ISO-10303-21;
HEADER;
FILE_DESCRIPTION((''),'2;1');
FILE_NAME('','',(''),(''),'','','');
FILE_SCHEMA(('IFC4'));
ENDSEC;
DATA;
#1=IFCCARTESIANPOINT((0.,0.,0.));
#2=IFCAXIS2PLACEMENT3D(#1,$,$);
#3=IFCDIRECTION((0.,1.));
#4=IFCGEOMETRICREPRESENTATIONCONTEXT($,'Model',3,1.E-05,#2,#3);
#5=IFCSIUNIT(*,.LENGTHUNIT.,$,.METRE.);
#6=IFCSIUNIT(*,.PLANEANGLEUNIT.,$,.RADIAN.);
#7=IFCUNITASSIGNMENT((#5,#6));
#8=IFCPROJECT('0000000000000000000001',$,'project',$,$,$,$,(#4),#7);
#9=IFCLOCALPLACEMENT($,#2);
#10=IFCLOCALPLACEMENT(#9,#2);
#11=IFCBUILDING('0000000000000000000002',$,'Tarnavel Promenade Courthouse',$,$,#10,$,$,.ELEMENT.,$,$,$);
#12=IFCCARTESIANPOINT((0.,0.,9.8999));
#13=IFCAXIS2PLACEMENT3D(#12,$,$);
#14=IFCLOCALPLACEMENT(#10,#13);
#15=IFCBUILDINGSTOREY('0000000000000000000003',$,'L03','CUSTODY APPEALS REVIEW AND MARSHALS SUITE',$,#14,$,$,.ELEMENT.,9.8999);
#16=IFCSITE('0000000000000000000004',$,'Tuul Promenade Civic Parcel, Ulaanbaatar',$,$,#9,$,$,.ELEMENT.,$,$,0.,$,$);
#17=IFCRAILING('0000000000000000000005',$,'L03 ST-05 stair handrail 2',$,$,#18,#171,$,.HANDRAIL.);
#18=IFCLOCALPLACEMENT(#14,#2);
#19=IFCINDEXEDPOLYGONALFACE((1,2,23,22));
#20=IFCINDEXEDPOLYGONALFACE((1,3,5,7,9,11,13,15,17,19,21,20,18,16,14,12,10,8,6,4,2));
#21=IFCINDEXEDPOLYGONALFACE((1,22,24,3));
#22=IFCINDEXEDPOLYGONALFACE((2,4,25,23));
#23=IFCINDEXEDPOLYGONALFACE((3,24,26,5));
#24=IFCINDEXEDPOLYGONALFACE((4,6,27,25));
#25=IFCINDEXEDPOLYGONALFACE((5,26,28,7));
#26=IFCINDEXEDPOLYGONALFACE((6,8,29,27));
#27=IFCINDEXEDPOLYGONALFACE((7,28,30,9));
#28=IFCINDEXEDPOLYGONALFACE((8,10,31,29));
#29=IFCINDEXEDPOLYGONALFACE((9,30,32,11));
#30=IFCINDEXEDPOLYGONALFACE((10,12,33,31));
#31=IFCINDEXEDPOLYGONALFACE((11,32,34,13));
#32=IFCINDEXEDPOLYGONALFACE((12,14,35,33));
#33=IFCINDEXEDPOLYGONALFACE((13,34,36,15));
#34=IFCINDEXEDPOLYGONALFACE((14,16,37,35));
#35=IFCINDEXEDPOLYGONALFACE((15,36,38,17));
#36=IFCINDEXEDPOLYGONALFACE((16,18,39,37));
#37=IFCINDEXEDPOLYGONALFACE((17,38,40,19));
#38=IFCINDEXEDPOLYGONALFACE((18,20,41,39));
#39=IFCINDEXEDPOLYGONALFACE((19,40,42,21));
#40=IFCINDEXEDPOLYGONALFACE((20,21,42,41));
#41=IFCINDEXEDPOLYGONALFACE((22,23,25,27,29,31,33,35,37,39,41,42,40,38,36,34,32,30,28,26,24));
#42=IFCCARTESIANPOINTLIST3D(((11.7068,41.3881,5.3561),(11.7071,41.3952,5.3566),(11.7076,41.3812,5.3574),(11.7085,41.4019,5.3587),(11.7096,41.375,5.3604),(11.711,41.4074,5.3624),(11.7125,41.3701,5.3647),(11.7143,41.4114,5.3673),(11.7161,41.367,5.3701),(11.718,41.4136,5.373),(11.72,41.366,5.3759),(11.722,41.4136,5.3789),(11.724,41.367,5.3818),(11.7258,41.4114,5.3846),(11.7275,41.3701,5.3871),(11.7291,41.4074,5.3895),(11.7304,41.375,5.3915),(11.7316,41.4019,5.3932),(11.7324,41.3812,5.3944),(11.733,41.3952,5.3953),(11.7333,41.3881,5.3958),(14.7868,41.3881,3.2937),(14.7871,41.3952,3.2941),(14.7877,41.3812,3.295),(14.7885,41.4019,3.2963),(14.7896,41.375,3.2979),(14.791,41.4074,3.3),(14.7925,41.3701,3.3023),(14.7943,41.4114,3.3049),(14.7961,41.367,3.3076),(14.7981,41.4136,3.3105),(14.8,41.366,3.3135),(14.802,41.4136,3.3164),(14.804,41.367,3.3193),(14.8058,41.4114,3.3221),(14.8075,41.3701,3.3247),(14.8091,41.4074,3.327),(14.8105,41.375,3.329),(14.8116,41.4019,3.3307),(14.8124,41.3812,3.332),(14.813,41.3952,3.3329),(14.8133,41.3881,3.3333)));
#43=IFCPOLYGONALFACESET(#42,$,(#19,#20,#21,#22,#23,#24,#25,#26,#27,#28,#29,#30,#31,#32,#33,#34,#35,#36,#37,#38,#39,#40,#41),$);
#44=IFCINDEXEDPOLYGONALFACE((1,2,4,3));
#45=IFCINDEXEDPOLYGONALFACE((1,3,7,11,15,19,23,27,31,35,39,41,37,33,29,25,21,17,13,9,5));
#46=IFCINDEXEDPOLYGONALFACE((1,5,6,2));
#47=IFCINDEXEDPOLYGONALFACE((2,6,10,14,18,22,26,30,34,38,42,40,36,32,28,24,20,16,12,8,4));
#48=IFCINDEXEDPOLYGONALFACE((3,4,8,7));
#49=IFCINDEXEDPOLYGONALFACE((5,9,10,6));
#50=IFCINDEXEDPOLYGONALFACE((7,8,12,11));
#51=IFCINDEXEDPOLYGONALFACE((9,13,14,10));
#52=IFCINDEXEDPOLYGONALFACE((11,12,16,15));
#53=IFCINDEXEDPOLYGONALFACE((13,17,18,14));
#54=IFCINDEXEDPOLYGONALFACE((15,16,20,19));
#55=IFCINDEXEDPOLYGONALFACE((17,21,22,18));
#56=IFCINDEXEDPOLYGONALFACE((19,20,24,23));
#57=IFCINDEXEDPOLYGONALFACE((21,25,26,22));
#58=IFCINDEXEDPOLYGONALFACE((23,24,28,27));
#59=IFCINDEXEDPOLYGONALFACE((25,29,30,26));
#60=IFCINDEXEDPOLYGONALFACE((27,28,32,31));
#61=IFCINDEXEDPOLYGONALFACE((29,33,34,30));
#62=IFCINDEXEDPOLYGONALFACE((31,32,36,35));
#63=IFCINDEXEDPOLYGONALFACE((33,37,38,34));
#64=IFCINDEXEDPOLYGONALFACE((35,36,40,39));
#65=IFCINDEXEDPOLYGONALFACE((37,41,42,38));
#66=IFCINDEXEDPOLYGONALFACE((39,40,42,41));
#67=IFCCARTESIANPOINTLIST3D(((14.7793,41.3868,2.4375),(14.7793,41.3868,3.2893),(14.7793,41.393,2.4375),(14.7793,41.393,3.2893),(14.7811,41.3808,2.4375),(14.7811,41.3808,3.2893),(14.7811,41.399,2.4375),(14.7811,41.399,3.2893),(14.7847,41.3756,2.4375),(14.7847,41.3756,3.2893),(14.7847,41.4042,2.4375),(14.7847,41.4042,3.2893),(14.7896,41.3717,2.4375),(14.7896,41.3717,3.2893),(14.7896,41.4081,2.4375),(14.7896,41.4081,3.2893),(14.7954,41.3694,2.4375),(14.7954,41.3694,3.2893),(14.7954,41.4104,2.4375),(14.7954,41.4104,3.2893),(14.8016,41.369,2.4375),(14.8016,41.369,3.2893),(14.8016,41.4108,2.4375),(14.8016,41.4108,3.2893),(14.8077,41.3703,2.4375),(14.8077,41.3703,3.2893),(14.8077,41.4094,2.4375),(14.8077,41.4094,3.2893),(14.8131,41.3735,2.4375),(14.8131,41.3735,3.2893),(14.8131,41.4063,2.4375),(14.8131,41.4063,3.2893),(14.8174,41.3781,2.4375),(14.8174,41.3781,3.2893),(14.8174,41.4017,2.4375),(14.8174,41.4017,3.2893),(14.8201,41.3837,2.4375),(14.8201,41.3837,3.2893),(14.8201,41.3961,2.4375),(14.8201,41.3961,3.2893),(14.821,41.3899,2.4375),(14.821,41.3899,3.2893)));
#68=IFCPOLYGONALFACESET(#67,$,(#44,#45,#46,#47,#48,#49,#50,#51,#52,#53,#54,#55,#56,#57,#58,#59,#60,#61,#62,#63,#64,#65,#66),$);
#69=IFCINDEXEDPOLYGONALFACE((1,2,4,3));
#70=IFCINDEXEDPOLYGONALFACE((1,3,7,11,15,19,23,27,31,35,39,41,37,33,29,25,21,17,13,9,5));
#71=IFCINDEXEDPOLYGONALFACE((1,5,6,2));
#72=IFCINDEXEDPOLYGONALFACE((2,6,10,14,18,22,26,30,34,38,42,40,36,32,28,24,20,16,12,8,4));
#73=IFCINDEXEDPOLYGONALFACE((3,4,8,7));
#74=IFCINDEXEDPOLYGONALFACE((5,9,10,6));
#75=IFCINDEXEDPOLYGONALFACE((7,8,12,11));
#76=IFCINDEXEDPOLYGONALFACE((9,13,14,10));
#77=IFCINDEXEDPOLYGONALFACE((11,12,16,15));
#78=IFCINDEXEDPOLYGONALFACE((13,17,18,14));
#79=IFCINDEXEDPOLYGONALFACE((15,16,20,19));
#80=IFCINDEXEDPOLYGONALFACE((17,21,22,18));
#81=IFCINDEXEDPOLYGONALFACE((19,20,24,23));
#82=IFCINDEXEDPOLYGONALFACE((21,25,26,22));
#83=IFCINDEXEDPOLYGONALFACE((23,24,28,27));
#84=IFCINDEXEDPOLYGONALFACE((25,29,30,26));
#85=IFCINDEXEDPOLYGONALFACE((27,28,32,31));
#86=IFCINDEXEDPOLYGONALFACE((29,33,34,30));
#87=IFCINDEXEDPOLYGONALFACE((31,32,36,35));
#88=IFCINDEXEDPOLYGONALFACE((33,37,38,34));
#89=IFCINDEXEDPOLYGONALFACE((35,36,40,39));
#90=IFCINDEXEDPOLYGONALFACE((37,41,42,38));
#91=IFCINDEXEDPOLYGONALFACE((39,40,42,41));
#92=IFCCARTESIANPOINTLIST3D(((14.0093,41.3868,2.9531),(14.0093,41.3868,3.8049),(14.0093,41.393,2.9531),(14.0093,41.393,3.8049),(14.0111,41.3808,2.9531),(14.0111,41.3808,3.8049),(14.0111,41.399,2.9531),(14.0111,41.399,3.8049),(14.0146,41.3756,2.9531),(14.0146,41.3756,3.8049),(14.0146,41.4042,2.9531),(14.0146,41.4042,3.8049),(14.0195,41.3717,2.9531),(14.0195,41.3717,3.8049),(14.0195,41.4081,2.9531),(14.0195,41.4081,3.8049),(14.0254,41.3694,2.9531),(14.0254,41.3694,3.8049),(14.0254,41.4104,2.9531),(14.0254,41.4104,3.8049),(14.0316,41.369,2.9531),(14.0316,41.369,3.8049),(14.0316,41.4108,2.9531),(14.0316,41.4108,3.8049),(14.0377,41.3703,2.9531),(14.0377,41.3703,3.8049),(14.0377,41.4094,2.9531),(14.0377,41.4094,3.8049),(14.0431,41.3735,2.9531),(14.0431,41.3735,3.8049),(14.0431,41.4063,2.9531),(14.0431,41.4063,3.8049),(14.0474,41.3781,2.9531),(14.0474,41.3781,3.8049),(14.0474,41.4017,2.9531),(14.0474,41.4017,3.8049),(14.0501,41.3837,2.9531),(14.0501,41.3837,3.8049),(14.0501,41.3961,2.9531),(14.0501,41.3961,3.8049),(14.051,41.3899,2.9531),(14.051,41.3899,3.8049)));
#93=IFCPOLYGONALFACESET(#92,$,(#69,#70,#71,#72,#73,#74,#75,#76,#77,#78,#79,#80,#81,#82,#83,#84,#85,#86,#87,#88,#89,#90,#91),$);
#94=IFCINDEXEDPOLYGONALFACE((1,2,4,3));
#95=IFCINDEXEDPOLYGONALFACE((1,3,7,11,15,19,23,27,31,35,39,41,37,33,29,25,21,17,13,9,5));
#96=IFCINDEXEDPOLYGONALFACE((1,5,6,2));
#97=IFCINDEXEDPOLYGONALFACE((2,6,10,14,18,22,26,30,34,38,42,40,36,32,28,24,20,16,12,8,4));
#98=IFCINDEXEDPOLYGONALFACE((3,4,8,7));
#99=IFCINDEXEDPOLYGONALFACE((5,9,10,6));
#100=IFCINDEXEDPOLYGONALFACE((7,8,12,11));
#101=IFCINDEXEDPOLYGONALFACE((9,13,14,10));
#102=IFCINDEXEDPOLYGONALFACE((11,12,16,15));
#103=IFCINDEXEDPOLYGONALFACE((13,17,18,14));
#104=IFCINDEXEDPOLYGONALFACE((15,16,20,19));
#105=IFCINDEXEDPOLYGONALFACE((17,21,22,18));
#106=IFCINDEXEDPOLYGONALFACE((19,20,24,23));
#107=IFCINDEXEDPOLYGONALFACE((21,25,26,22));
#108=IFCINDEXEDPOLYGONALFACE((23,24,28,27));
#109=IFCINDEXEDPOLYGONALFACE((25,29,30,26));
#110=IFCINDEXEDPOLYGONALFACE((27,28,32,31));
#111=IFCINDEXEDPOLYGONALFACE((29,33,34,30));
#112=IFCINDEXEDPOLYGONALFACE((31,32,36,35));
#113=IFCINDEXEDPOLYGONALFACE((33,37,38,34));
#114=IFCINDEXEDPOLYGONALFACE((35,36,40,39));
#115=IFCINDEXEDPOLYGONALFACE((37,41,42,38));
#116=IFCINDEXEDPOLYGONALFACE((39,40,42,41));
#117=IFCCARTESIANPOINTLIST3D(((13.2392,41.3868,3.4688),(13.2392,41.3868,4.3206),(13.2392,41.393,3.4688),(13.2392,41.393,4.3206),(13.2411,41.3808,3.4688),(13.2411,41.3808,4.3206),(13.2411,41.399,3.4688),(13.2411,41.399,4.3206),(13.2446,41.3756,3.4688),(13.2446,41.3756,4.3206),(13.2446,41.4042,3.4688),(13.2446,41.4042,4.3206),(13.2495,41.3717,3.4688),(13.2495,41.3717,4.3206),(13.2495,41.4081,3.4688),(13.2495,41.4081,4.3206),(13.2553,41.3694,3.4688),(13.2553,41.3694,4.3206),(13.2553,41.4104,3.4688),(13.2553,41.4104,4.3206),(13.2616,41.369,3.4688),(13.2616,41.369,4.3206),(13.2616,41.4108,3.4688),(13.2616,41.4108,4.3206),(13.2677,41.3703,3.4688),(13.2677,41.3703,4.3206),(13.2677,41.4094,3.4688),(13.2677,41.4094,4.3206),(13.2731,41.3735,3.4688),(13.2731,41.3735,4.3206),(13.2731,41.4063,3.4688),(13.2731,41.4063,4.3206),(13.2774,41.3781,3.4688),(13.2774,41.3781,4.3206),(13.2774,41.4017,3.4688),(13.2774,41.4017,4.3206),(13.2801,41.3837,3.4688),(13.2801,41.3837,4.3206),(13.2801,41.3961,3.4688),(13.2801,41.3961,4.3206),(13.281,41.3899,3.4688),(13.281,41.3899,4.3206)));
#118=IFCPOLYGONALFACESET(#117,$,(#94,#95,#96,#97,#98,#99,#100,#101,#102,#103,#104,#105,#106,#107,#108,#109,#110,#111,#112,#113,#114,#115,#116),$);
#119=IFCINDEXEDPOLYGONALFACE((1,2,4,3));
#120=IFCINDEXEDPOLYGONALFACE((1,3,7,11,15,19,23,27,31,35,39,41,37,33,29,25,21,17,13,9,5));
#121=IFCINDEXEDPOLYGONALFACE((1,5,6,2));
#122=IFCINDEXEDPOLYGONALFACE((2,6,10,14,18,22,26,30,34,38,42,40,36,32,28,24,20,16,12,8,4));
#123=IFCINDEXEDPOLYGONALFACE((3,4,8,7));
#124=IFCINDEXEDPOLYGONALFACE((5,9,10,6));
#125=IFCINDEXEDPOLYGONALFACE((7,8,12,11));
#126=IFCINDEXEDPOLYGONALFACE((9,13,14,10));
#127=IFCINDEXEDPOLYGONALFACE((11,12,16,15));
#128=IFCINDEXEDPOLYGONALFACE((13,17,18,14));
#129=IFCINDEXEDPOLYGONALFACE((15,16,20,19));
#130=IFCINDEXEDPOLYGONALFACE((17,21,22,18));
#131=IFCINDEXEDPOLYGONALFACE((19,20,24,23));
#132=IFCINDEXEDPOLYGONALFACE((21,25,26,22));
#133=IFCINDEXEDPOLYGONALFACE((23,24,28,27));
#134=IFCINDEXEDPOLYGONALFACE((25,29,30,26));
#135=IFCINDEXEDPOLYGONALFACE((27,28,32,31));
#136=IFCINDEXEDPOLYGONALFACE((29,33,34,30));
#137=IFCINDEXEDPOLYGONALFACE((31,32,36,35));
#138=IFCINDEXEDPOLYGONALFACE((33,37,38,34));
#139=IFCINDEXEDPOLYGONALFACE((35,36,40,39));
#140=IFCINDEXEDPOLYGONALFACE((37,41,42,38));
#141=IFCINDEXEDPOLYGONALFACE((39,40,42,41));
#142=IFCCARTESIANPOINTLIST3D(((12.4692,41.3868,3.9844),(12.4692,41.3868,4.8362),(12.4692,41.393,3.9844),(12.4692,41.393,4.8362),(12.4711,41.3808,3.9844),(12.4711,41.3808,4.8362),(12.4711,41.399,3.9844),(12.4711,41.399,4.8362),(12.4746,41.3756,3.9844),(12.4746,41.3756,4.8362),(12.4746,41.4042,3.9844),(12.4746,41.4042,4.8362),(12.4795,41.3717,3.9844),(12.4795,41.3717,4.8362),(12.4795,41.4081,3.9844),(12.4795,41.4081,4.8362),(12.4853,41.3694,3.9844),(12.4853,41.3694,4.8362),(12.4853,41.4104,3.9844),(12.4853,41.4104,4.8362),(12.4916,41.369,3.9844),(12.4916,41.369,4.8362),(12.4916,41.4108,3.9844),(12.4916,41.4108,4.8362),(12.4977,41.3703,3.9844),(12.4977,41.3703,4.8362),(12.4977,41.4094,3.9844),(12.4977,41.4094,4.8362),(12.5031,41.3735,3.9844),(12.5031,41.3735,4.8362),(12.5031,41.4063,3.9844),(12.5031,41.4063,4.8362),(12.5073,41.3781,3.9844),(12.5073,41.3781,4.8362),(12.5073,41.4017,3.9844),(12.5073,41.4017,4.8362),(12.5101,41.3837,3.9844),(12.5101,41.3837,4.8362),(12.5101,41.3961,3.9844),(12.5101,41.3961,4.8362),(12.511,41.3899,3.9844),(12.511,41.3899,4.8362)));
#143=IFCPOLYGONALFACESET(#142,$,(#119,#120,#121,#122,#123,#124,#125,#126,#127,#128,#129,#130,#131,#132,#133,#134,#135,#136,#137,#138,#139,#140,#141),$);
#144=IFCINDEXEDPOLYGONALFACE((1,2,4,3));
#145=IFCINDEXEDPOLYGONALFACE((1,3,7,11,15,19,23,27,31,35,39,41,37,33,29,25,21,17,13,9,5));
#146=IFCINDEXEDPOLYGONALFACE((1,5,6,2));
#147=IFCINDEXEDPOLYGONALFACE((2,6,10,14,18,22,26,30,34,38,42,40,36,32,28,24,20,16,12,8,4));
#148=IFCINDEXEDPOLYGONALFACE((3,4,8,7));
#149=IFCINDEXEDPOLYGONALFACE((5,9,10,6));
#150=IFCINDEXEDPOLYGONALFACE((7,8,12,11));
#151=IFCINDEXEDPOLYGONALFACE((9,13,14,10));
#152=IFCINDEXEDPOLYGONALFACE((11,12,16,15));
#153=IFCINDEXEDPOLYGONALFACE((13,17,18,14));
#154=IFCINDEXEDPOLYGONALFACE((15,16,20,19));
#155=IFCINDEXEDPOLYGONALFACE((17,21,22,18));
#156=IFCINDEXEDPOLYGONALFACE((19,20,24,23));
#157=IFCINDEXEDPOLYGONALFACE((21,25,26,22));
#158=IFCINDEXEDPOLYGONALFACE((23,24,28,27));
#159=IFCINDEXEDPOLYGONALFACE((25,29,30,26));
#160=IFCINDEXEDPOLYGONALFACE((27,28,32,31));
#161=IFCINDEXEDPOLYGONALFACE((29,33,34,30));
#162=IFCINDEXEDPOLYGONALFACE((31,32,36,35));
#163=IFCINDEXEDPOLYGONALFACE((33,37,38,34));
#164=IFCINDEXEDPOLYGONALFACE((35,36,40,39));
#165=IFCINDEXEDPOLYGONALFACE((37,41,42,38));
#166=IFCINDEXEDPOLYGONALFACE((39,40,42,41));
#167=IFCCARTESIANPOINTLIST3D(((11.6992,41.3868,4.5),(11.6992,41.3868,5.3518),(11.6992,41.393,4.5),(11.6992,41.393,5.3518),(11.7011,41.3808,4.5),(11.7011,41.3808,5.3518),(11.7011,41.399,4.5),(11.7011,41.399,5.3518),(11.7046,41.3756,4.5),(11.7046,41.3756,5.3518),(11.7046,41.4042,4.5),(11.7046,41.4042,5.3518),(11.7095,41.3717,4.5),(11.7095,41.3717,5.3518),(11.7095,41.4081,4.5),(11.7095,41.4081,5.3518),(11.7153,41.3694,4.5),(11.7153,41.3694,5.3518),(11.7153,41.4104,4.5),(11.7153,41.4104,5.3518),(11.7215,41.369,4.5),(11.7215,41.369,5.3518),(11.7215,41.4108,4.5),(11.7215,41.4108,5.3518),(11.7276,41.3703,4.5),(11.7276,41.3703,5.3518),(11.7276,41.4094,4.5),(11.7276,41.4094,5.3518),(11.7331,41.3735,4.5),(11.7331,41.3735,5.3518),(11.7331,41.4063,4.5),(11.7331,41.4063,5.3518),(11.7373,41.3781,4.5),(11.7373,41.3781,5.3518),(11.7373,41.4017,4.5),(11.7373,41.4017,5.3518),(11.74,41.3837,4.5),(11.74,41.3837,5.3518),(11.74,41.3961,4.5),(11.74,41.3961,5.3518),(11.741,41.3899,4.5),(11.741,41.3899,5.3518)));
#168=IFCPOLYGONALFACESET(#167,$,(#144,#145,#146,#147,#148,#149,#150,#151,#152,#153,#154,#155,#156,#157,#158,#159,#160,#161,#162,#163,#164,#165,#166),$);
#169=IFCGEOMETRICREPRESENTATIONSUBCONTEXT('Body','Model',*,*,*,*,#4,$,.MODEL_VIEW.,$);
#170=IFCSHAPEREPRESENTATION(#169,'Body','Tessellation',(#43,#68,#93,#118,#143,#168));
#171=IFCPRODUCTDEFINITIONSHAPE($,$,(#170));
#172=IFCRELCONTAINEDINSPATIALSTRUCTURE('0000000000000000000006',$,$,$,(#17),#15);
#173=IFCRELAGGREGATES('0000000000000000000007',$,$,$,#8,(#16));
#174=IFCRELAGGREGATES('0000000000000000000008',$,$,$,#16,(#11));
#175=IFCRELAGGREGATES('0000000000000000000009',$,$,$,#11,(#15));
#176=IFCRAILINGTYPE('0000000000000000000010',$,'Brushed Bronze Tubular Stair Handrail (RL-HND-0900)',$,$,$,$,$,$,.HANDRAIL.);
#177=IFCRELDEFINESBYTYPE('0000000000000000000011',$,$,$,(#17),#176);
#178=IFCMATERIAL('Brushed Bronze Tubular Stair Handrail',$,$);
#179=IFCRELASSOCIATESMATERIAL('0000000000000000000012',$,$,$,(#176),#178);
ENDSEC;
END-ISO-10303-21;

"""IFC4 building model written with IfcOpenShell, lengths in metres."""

from ifc_helpers import new_model, si_unit, direction, frame, origin, origin_2d, place, context, subcontext, project, spatial, circle, extrude, material, type_object, element, save


model = new_model("IFC4")

# Units and contexts
model_context = context("Model", 3, precision=1e-05, world=origin(), true_north=direction((0.0, 1.0)))
body_context = subcontext(model_context, "Body", "Model", "MODEL_VIEW")
ifc_project = project(units=[si_unit("LENGTHUNIT", "METRE"), si_unit("PLANEANGLEUNIT", "RADIAN")], contexts=[model_context])

# Site, building, storey
site_placement = place(None, origin())
site = spatial("IfcSite", under=ifc_project, at=site_placement, Name="Tuul Promenade Civic Parcel, Ulaanbaatar", CompositionType="ELEMENT", RefElevation=0.0)
building_placement = place(site_placement, origin())
building = spatial("IfcBuilding", under=site, at=building_placement, Name="Tarnavel Promenade Courthouse", CompositionType="ELEMENT")
storey_placement = place(building_placement, frame((0.0, 0.0, 9.8999)))
storey = spatial("IfcBuildingStorey", under=building, at=storey_placement, Name="L03", Description="CUSTODY APPEALS REVIEW AND MARSHALS SUITE", CompositionType="ELEMENT", Elevation=9.8999)

# Railing
ifc_material_1 = material(Name="Brushed Bronze Tubular Stair Handrail")
railing_type_1 = type_object("IfcRailingType", Name="Brushed Bronze Tubular Stair Handrail (RL-HND-0900)", PredefinedType="HANDRAIL", material=ifc_material_1)
railing_1_placement = place(storey_placement, frame((14.8, 41.3899, 2.4375)))
element("IfcRailing", 1, at=railing_1_placement, inside=storey, type_object=railing_type_1, Name="L03 ST-05 stair handrail 2", PredefinedType="HANDRAIL", context=body_context, shape_type="SweptSolid", body=[
    extrude(circle(Radius=0.0239, at=origin_2d()), frame((0.0, 0.0, 0.876), z_axis=(-0.830914, 0.0, 0.556401), x_axis=(0.0, -1.0, 0.0)), (0.0, 0.0, 1.0), 3.7068),
    extrude(circle(Radius=0.021, at=origin_2d()), origin(), (0.0, 0.0, 1.0), 0.8518),
    extrude(circle(Radius=0.021, at=origin_2d()), frame((-0.77, 0.0, 0.5156)), (0.0, 0.0, 1.0), 0.8518),
    extrude(circle(Radius=0.021, at=origin_2d()), frame((-1.54, 0.0, 1.0312)), (0.0, 0.0, 1.0), 0.8518),
    extrude(circle(Radius=0.021, at=origin_2d()), frame((-2.3101, 0.0, 1.5469)), (0.0, 0.0, 1.0), 0.8518),
    extrude(circle(Radius=0.021, at=origin_2d()), frame((-3.0801, 0.0, 2.0625)), (0.0, 0.0, 1.0), 0.8518),
])

save(model, "model.ifc")
